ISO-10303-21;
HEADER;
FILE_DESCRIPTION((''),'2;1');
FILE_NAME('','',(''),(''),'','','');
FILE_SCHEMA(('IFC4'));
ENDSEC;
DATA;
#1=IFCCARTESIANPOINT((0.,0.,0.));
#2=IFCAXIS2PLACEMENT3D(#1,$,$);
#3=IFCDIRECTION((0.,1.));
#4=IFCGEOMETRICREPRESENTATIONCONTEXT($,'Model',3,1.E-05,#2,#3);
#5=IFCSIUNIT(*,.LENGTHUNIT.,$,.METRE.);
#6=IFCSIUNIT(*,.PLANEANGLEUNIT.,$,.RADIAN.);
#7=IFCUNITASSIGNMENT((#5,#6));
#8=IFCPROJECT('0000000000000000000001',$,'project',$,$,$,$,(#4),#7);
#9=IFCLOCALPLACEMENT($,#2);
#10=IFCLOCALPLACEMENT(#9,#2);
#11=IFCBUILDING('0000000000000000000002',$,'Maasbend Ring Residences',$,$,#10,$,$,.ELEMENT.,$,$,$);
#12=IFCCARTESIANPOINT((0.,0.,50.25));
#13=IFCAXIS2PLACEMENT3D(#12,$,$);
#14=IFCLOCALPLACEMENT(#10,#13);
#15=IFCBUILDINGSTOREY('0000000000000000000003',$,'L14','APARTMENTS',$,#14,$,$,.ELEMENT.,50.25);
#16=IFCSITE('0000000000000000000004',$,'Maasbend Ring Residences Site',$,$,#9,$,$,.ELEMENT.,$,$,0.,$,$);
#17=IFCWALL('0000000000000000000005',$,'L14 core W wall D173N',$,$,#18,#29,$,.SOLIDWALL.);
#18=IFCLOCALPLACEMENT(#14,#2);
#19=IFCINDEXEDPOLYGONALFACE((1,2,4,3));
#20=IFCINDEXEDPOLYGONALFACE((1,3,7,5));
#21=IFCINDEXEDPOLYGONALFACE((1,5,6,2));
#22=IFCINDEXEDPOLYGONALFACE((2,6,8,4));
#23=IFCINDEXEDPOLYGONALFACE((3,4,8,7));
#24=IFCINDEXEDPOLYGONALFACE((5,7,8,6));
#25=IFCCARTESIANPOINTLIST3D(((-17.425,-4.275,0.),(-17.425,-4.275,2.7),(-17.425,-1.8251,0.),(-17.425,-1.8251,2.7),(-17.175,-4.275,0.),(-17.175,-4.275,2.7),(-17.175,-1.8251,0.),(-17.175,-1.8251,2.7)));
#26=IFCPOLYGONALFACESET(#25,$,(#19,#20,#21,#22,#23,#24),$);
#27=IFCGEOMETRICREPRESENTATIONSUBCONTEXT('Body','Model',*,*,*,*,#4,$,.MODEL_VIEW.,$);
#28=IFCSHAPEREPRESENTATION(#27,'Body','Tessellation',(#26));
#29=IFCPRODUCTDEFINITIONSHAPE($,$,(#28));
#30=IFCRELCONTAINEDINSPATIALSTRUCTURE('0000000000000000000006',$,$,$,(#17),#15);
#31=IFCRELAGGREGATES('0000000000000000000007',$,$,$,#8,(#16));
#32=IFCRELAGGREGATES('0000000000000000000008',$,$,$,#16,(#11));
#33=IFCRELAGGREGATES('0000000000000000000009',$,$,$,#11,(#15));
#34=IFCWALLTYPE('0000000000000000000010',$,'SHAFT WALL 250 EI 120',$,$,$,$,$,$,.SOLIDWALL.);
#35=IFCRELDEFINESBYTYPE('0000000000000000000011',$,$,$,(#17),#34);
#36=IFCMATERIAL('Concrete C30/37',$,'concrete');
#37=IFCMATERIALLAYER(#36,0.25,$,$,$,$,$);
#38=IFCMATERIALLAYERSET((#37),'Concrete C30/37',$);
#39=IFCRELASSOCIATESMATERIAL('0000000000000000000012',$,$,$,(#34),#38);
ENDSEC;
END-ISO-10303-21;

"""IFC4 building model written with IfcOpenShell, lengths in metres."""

from ifc_helpers import new_model, si_unit, direction, frame, frame_2d, origin, place, context, subcontext, project, spatial, rectangle, extrude, material, layer, layer_set, type_object, element, save


model = new_model("IFC4")

# Units and contexts
model_context = context("Model", 3, precision=1e-05, world=origin(), true_north=direction((0.0, 1.0)))
body_context = subcontext(model_context, "Body", "Model", "MODEL_VIEW")
ifc_project = project(units=[si_unit("LENGTHUNIT", "METRE"), si_unit("PLANEANGLEUNIT", "RADIAN")], contexts=[model_context])

# Site, building, storey
site_placement = place(None, origin())
site = spatial("IfcSite", under=ifc_project, at=site_placement, Name="Maasbend Ring Residences Site", CompositionType="ELEMENT", RefElevation=0.0)
building_placement = place(site_placement, origin())
building = spatial("IfcBuilding", under=site, at=building_placement, Name="Maasbend Ring Residences", CompositionType="ELEMENT")
storey_placement = place(building_placement, frame((0.0, 0.0, 50.25)))
storey = spatial("IfcBuildingStorey", under=building, at=storey_placement, Name="L14", Description="APARTMENTS", CompositionType="ELEMENT", Elevation=50.25)

# Wall
ifc_material_1 = material(Name="Concrete C30/37", Category="concrete")
ifc_layer_1 = layer(ifc_material_1, 0.25)
ifc_layer_set_1 = layer_set([ifc_layer_1], Name="Concrete C30/37")
wall_type_1 = type_object("IfcWallType", Name="SHAFT WALL 250 EI 120", PredefinedType="SOLIDWALL", material=ifc_layer_set_1)
wall_1_placement = place(storey_placement, frame((-17.3, -1.825, 0.0), z_axis=(0.0, 0.0, 1.0), x_axis=(0.0, -1.0, 0.0)))
element("IfcWall", 1, at=wall_1_placement, inside=storey, type_object=wall_type_1, Name="L14 core W wall D173N", PredefinedType="SOLIDWALL", context=body_context, shape_type="SweptSolid", body=[
    extrude(rectangle(XDim=2.45, YDim=0.25, at=frame_2d((1.2251, 0.0))), origin(), (0.0, 0.0, 1.0), 2.7),
])

save(model, "model.ifc")
